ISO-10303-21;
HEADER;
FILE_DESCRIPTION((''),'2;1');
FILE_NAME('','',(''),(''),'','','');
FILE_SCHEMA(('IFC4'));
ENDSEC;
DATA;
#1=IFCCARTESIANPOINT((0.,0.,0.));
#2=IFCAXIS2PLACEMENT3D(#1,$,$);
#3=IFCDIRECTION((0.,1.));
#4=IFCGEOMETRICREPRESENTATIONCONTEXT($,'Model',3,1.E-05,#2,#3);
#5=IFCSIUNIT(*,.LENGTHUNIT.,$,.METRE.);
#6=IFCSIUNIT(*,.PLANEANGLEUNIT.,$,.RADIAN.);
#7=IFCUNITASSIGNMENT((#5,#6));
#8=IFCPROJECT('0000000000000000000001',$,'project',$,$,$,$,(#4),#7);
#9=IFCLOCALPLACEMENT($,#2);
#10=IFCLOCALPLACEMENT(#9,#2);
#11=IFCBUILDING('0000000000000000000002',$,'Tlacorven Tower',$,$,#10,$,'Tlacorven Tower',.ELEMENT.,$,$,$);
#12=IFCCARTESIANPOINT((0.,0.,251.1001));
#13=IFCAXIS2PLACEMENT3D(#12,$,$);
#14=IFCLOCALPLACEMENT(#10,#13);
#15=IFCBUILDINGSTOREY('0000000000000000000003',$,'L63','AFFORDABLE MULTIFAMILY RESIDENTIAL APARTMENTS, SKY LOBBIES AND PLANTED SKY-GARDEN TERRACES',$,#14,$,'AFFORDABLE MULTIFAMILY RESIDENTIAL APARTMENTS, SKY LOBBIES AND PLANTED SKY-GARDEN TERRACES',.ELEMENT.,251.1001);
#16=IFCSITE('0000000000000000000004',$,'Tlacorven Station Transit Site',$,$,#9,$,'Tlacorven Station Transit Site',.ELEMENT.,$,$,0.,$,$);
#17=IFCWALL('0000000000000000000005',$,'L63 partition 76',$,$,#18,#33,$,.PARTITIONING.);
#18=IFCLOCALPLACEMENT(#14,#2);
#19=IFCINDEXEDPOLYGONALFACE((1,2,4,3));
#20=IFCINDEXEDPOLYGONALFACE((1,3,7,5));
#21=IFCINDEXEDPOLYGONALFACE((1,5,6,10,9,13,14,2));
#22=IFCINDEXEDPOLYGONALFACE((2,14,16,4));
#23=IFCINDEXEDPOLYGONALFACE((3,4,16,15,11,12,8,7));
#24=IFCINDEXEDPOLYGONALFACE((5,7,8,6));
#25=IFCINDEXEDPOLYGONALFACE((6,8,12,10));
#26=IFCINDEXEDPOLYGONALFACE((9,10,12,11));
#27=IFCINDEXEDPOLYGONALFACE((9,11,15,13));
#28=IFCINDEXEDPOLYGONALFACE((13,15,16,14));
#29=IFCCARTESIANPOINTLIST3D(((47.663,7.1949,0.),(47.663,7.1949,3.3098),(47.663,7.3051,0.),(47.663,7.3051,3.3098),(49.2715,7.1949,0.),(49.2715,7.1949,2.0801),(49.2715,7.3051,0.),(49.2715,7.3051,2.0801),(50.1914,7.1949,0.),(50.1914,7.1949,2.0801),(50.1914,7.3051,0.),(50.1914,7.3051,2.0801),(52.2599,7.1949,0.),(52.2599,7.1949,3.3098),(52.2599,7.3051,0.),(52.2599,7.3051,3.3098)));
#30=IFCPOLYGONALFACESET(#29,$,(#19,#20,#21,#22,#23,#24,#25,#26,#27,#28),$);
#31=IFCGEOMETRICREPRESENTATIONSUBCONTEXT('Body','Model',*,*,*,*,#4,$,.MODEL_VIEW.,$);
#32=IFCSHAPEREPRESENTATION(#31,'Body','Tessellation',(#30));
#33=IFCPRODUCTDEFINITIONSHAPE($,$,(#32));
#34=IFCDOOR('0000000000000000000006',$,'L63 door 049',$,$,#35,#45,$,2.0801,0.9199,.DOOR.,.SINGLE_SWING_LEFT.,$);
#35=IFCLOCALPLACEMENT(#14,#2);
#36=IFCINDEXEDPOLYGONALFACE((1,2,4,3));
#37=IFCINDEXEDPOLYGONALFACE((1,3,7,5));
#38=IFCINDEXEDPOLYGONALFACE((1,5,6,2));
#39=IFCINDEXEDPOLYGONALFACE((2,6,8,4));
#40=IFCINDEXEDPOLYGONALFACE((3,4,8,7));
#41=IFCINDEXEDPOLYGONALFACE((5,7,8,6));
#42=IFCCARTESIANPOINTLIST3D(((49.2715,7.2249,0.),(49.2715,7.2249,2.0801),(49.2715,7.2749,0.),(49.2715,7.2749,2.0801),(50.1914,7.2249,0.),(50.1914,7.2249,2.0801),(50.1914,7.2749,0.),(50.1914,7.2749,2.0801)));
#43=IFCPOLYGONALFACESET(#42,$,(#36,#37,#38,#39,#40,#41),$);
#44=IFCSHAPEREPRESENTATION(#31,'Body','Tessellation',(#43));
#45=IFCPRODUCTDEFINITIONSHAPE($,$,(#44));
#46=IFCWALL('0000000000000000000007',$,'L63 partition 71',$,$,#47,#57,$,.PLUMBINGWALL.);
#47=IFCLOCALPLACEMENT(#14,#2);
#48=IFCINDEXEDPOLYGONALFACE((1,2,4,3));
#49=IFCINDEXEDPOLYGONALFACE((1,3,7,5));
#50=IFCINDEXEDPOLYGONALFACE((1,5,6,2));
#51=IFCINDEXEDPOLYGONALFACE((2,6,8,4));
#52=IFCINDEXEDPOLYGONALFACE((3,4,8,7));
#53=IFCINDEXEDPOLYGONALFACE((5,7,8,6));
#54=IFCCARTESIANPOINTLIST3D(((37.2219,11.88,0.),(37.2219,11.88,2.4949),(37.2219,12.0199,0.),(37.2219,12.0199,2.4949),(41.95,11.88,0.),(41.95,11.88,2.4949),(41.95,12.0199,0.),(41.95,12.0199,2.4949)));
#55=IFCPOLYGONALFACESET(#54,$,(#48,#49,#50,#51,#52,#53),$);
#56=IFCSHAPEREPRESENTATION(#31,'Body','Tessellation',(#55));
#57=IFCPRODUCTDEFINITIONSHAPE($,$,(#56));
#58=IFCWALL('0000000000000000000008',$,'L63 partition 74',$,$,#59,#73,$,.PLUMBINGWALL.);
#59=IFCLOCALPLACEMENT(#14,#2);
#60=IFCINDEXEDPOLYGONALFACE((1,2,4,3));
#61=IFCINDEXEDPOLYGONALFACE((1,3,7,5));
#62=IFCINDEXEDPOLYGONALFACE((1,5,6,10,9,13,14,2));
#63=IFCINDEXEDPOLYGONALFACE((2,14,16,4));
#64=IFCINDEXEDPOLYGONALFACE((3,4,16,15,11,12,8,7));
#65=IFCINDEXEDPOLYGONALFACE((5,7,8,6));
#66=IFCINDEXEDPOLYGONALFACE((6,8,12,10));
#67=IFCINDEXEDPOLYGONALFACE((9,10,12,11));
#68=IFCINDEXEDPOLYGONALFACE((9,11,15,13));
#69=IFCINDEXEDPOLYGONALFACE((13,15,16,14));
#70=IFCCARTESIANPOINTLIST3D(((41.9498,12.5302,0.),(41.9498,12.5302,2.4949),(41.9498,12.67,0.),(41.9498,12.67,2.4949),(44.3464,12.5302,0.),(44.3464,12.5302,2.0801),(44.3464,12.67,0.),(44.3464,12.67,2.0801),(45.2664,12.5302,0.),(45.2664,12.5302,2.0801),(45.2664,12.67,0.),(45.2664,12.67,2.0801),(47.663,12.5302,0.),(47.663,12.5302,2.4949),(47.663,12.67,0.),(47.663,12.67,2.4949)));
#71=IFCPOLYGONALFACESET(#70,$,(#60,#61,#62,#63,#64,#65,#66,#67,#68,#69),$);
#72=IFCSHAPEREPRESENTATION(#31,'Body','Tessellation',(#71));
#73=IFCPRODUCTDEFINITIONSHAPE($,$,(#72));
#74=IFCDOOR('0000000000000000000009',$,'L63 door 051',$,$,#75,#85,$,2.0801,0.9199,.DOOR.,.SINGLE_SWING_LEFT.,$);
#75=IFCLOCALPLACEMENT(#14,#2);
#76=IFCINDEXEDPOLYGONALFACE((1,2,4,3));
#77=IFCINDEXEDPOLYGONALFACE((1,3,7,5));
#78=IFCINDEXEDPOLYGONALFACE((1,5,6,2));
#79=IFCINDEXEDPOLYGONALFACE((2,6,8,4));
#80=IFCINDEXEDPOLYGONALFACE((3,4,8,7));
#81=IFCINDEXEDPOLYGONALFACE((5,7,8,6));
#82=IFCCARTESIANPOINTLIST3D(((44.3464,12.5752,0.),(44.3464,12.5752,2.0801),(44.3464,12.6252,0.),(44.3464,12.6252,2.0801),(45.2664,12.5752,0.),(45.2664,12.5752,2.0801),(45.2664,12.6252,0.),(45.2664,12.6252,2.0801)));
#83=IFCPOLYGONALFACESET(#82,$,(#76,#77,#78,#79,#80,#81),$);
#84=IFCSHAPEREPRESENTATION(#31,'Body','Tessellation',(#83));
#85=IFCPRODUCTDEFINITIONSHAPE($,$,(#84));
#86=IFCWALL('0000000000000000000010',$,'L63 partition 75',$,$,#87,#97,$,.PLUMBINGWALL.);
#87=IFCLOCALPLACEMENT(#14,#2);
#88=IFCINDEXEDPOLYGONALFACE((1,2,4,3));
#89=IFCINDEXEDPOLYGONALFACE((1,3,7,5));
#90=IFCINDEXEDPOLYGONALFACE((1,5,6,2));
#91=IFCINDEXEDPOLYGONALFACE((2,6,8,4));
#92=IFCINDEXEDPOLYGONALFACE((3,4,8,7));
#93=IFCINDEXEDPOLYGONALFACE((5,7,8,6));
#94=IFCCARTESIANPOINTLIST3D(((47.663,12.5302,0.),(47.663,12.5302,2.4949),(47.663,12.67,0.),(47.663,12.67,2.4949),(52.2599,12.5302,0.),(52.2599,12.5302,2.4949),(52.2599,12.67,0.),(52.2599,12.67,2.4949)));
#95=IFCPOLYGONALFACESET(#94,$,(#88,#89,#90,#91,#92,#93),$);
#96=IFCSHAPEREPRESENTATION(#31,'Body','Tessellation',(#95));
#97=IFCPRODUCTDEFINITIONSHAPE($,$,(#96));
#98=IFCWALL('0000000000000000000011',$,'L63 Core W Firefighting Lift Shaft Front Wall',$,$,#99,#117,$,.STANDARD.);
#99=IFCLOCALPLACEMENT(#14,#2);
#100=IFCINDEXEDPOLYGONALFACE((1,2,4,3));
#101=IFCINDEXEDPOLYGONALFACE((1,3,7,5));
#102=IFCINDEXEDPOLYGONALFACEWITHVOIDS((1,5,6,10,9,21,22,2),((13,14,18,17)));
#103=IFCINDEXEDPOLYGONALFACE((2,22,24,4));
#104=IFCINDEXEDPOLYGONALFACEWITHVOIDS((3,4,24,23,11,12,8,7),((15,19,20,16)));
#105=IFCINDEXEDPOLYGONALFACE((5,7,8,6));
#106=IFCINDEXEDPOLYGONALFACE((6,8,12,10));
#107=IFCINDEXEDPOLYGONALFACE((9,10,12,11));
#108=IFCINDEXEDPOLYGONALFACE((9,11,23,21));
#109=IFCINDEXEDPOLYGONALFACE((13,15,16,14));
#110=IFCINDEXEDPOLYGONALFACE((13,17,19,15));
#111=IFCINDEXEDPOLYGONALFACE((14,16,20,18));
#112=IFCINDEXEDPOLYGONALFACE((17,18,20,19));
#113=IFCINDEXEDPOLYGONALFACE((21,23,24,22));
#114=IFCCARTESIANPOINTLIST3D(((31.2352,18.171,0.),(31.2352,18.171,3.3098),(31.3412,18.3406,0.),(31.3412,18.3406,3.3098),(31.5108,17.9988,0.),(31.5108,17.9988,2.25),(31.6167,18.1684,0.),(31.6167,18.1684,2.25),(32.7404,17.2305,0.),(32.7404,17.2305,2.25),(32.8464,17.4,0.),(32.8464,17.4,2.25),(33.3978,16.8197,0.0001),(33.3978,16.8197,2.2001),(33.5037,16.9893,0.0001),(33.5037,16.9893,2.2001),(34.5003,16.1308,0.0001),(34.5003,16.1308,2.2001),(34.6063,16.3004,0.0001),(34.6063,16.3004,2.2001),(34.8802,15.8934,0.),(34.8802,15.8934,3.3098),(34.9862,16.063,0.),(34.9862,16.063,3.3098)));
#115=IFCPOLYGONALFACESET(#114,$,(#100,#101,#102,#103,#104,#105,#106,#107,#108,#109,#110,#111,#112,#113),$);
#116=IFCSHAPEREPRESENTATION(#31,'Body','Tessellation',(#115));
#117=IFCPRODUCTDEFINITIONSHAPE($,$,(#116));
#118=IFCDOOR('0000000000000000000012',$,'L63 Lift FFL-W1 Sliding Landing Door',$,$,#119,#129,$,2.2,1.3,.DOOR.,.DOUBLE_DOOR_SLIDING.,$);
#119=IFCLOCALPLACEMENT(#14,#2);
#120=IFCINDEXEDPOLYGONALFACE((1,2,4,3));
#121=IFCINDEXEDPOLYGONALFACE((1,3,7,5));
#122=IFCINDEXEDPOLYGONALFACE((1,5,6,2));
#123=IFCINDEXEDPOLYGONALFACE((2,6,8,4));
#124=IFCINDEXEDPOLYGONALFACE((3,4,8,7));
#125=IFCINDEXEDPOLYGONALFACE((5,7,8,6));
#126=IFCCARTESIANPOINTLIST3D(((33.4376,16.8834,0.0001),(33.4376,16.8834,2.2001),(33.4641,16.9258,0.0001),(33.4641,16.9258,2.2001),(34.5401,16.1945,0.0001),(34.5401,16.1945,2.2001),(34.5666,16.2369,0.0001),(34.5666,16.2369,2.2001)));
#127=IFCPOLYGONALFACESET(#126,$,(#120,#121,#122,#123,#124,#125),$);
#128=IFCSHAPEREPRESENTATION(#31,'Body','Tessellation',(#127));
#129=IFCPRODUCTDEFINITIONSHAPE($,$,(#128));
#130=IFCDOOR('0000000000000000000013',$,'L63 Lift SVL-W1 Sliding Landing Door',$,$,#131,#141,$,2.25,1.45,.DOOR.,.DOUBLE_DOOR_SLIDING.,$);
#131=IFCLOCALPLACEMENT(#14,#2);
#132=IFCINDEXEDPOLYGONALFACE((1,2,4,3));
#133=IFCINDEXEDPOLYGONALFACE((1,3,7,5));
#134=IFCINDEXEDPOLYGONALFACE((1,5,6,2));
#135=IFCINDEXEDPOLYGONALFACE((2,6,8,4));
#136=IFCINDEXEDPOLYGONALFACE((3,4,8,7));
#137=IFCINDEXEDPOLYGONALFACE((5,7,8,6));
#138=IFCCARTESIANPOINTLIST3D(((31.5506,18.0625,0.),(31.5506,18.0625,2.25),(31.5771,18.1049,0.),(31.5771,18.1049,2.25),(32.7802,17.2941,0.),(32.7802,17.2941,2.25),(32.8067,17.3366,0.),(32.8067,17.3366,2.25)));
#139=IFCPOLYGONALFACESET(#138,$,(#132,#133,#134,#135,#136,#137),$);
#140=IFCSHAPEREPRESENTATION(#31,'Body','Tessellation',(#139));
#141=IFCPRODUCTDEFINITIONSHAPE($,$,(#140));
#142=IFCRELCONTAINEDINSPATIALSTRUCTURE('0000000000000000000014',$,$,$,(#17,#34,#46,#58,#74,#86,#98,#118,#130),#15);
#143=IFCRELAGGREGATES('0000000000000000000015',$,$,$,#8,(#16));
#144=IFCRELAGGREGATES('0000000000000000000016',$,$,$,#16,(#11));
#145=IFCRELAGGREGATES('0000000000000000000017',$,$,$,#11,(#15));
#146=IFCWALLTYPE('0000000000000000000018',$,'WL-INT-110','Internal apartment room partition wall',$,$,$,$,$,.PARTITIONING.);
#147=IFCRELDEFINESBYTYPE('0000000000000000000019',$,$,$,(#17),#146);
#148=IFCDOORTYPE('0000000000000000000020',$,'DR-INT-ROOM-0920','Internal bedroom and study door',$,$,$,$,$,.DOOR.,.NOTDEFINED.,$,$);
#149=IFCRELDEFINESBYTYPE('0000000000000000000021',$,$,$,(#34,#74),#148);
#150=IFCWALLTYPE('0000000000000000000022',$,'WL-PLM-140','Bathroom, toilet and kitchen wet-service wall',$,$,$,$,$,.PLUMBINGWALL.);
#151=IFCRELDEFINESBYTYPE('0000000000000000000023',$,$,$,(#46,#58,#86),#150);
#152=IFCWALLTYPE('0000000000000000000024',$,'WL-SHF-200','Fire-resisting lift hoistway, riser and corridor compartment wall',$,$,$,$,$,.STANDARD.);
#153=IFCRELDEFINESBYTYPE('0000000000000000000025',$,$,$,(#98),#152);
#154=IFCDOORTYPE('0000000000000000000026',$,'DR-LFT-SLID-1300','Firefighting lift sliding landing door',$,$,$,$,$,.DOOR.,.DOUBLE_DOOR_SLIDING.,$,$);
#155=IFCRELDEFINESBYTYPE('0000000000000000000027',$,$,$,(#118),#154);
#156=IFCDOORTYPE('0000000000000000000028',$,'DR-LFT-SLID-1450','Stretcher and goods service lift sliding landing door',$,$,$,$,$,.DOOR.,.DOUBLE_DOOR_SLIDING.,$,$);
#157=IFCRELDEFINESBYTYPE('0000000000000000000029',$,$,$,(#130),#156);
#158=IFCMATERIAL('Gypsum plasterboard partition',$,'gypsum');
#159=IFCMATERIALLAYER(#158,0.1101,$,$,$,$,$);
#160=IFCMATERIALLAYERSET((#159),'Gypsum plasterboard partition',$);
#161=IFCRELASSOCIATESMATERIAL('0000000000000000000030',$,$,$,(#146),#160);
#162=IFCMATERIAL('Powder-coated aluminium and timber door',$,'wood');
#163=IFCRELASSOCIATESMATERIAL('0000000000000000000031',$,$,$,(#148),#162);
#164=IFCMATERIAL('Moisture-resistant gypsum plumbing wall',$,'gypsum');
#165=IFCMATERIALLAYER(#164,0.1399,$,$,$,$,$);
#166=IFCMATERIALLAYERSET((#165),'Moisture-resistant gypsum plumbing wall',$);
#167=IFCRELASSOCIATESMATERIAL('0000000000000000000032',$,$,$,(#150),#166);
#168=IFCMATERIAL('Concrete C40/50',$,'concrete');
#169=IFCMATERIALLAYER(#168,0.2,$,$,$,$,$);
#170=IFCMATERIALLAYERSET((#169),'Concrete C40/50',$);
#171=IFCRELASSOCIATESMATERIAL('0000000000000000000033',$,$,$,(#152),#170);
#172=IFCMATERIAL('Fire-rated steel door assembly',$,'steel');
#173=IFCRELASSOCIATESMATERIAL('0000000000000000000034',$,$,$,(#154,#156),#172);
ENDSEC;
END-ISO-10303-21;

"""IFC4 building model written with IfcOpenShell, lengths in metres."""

from ifc_helpers import new_model, si_unit, direction, frame, frame_2d, origin, place, context, subcontext, project, spatial, rectangle, extrude, source, transform, mapped, material, layer, layer_set, type_object, element, fill, save


model = new_model("IFC4")

# Units and contexts
model_context = context("Model", 3, precision=1e-05, world=origin(), true_north=direction((0.0, 1.0)))
body_context = subcontext(model_context, "Body", "Model", "MODEL_VIEW")
ifc_project = project(units=[si_unit("LENGTHUNIT", "METRE"), si_unit("PLANEANGLEUNIT", "RADIAN")], contexts=[model_context])

# Site, building, storey
site_placement = place(None, origin())
site = spatial("IfcSite", under=ifc_project, at=site_placement, Name="Tlacorven Station Transit Site", LongName="Tlacorven Station Transit Site", CompositionType="ELEMENT", RefElevation=0.0)
building_placement = place(site_placement, origin())
building = spatial("IfcBuilding", under=site, at=building_placement, Name="Tlacorven Tower", LongName="Tlacorven Tower", CompositionType="ELEMENT")
storey_placement = place(building_placement, frame((0.0, 0.0, 251.1001)))
storey = spatial("IfcBuildingStorey", under=building, at=storey_placement, Name="L63", Description="AFFORDABLE MULTIFAMILY RESIDENTIAL APARTMENTS, SKY LOBBIES AND PLANTED SKY-GARDEN TERRACES", LongName="AFFORDABLE MULTIFAMILY RESIDENTIAL APARTMENTS, SKY LOBBIES AND PLANTED SKY-GARDEN TERRACES", CompositionType="ELEMENT", Elevation=251.1001)

# Shared definitions
ifc_material_1 = material(Name="Fire-rated steel door assembly", Category="steel")

# Wall, opening, door
ifc_material_2 = material(Name="Gypsum plasterboard partition", Category="gypsum")
ifc_layer_1 = layer(ifc_material_2, 0.1101)
ifc_layer_set_1 = layer_set([ifc_layer_1], Name="Gypsum plasterboard partition")
wall_type_1 = type_object("IfcWallType", Name="WL-INT-110", Description="Internal apartment room partition wall", PredefinedType="PARTITIONING", material=ifc_layer_set_1)
ifc_material_3 = material(Name="Powder-coated aluminium and timber door", Category="wood")
door_type_1 = type_object("IfcDoorType", Name="DR-INT-ROOM-0920", Description="Internal bedroom and study door", OperationType="NOTDEFINED", PredefinedType="DOOR", material=ifc_material_3)
shared_shape_1 = source(origin(), body_context, "Body", "SweptSolid", [
    extrude(rectangle(XDim=0.9199, YDim=2.0801, at=frame_2d((0.46, 1.04))), frame((0.0, 0.0249, 0.0), z_axis=(0.0, -1.0, 0.0), x_axis=(1.0, 0.0, 0.0)), (0.0, 0.0, 1.0), 0.05),
])
wall_1_placement = place(storey_placement, frame((47.6631, 7.25, 0.0), z_axis=(0.0, 0.0, 1.0), x_axis=(1.0, 0.0, 0.0)))
wall_1 = element("IfcWall", 1, at=wall_1_placement, inside=storey, type_object=wall_type_1, Name="L63 partition 76", PredefinedType="PARTITIONING", context=body_context, shape_type="SweptSolid", body=[
    extrude(rectangle(XDim=4.5969, YDim=0.1101, at=frame_2d((2.2983, 0.0))), origin(), (0.0, 0.0, 1.0), 3.3098),
])
opening_1_placement = place(wall_1_placement, frame((1.6084, 0.0, 0.0)))
opening_1 = element("IfcOpeningElement", 2, at=opening_1_placement, cuts=wall_1, PredefinedType="OPENING", context=body_context, shape_type="SweptSolid", body=[
    extrude(rectangle(XDim=0.9199, YDim=2.0801, at=frame_2d((0.46, 1.04))), frame((0.0, 0.0649, 0.0), z_axis=(0.0, -1.0, 0.0), x_axis=(1.0, 0.0, 0.0)), (0.0, 0.0, 1.0), 0.1301),
])
door_1_placement = place(opening_1_placement, origin())
door_1 = element("IfcDoor", 3, at=door_1_placement, inside=storey, type_object=door_type_1, Name="L63 door 049", OperationType="SINGLE_SWING_LEFT", OverallHeight=2.0801, OverallWidth=0.9199, PredefinedType="DOOR", context=body_context, shape_type="MappedRepresentation", body=[
    mapped(shared_shape_1, transform((0.0, 0.0, 0.0), scale=1.0)),
])
fill(opening_1, door_1)

# Wall
ifc_material_4 = material(Name="Moisture-resistant gypsum plumbing wall", Category="gypsum")
ifc_layer_2 = layer(ifc_material_4, 0.1399)
ifc_layer_set_2 = layer_set([ifc_layer_2], Name="Moisture-resistant gypsum plumbing wall")
wall_type_2 = type_object("IfcWallType", Name="WL-PLM-140", Description="Bathroom, toilet and kitchen wet-service wall", PredefinedType="PLUMBINGWALL", material=ifc_layer_set_2)
wall_2_placement = place(storey_placement, frame((37.2219, 11.95, 0.0), z_axis=(0.0, 0.0, 1.0), x_axis=(1.0, 0.0, 0.0)))
element("IfcWall", 4, at=wall_2_placement, inside=storey, type_object=wall_type_2, Name="L63 partition 71", PredefinedType="PLUMBINGWALL", context=body_context, shape_type="SweptSolid", body=[
    extrude(rectangle(XDim=4.728, YDim=0.1399, at=frame_2d((2.364, 0.0))), origin(), (0.0, 0.0, 1.0), 2.4949),
])

# Wall, opening, door
wall_3_placement = place(storey_placement, frame((41.95, 12.6001, 0.0), z_axis=(0.0, 0.0, 1.0), x_axis=(1.0, 0.0, 0.0)))
wall_3 = element("IfcWall", 5, at=wall_3_placement, inside=storey, type_object=wall_type_2, Name="L63 partition 74", PredefinedType="PLUMBINGWALL", context=body_context, shape_type="SweptSolid", body=[
    extrude(rectangle(XDim=5.7131, YDim=0.1399, at=frame_2d((2.8564, 0.0))), origin(), (0.0, 0.0, 1.0), 2.4949),
])
opening_2_placement = place(wall_3_placement, frame((2.3965, 0.0, 0.0)))
opening_2 = element("IfcOpeningElement", 6, at=opening_2_placement, cuts=wall_3, PredefinedType="OPENING", context=body_context, shape_type="SweptSolid", body=[
    extrude(rectangle(XDim=0.9199, YDim=2.0801, at=frame_2d((0.46, 1.04))), frame((0.0, 0.0801, 0.0), z_axis=(0.0, -1.0, 0.0), x_axis=(1.0, 0.0, 0.0)), (0.0, 0.0, 1.0), 0.1599),
])
door_2_placement = place(opening_2_placement, frame((0.9199, 0.0, 0.0), z_axis=(0.0, 0.0, 1.0), x_axis=(-1.0, 0.0, 0.0)))
door_2 = element("IfcDoor", 7, at=door_2_placement, inside=storey, type_object=door_type_1, Name="L63 door 051", OperationType="SINGLE_SWING_LEFT", OverallHeight=2.0801, OverallWidth=0.9199, PredefinedType="DOOR", context=body_context, shape_type="MappedRepresentation", body=[
    mapped(shared_shape_1, transform((0.0, 0.0, 0.0), scale=1.0)),
])
fill(opening_2, door_2)

# Wall
wall_4_placement = place(storey_placement, frame((47.6631, 12.6001, 0.0), z_axis=(0.0, 0.0, 1.0), x_axis=(1.0, 0.0, 0.0)))
element("IfcWall", 8, at=wall_4_placement, inside=storey, type_object=wall_type_2, Name="L63 partition 75", PredefinedType="PLUMBINGWALL", context=body_context, shape_type="SweptSolid", body=[
    extrude(rectangle(XDim=4.5969, YDim=0.1399, at=frame_2d((2.2983, 0.0))), origin(), (0.0, 0.0, 1.0), 2.4949),
])

# Wall, openings, doors
ifc_material_5 = material(Name="Concrete C40/50", Category="concrete")
ifc_layer_3 = layer(ifc_material_5, 0.2)
ifc_layer_set_3 = layer_set([ifc_layer_3], Name="Concrete C40/50")
wall_type_3 = type_object("IfcWallType", Name="WL-SHF-200", Description="Fire-resisting lift hoistway, riser and corridor compartment wall", PredefinedType="STANDARD", material=ifc_layer_set_3)
wall_5_placement = place(storey_placement, frame((34.9331, 15.9783, 0.0), z_axis=(0.0, 0.0, 1.0), x_axis=(-0.848056, 0.529907, 0.0)))
wall_5 = element("IfcWall", 9, at=wall_5_placement, inside=storey, type_object=wall_type_3, Name="L63 Core W Firefighting Lift Shaft Front Wall", PredefinedType="STANDARD", context=body_context, shape_type="SweptSolid", body=[
    extrude(rectangle(XDim=4.2981, YDim=0.2, at=frame_2d((2.1489, 0.0))), origin(), (0.0, 0.0, 1.0), 3.3098),
])
opening_3_placement = place(wall_5_placement, frame((0.448, 0.0, 0.0)))
opening_3 = element("IfcOpeningElement", 10, at=opening_3_placement, cuts=wall_5, PredefinedType="OPENING", context=body_context, shape_type="SweptSolid", body=[
    extrude(rectangle(XDim=1.3, YDim=2.2, at=frame_2d((0.6499, 1.1001))), frame((0.0, 0.1099, 0.0), z_axis=(0.0, -1.0, 0.0), x_axis=(1.0, 0.0, 0.0)), (0.0, 0.0, 1.0), 0.22),
])
opening_4_placement = place(wall_5_placement, frame((2.5229, 0.0, 0.0)))
opening_4 = element("IfcOpeningElement", 11, at=opening_4_placement, cuts=wall_5, PredefinedType="OPENING", context=body_context, shape_type="SweptSolid", body=[
    extrude(rectangle(XDim=1.45, YDim=2.25, at=frame_2d((0.7251, 1.125))), frame((0.0, 0.1099, 0.0), z_axis=(0.0, -1.0, 0.0), x_axis=(1.0, 0.0, 0.0)), (0.0, 0.0, 1.0), 0.22),
])
door_type_2 = type_object("IfcDoorType", Name="DR-LFT-SLID-1300", Description="Firefighting lift sliding landing door", OperationType="DOUBLE_DOOR_SLIDING", PredefinedType="DOOR", material=ifc_material_1)
shared_shape_2 = source(origin(), body_context, "Body", "SweptSolid", [
    extrude(rectangle(XDim=1.3, YDim=2.2, at=frame_2d((0.6499, 1.1001))), frame((0.0, 0.0249, 0.0), z_axis=(0.0, -1.0, 0.0), x_axis=(1.0, 0.0, 0.0)), (0.0, 0.0, 1.0), 0.05),
])
door_3_placement = place(opening_3_placement, origin())
door_3 = element("IfcDoor", 12, at=door_3_placement, inside=storey, type_object=door_type_2, Name="L63 Lift FFL-W1 Sliding Landing Door", OperationType="DOUBLE_DOOR_SLIDING", OverallHeight=2.2, OverallWidth=1.3, PredefinedType="DOOR", context=body_context, shape_type="MappedRepresentation", body=[
    mapped(shared_shape_2, transform((0.0, 0.0, 0.0), scale=1.0)),
])
fill(opening_3, door_3)
door_type_3 = type_object("IfcDoorType", Name="DR-LFT-SLID-1450", Description="Stretcher and goods service lift sliding landing door", OperationType="DOUBLE_DOOR_SLIDING", PredefinedType="DOOR", material=ifc_material_1)
shared_shape_3 = source(origin(), body_context, "Body", "SweptSolid", [
    extrude(rectangle(XDim=1.45, YDim=2.25, at=frame_2d((0.7251, 1.125))), frame((0.0, 0.0249, 0.0), z_axis=(0.0, -1.0, 0.0), x_axis=(1.0, 0.0, 0.0)), (0.0, 0.0, 1.0), 0.05),
])
door_4_placement = place(opening_4_placement, origin())
door_4 = element("IfcDoor", 13, at=door_4_placement, inside=storey, type_object=door_type_3, Name="L63 Lift SVL-W1 Sliding Landing Door", OperationType="DOUBLE_DOOR_SLIDING", OverallHeight=2.25, OverallWidth=1.45, PredefinedType="DOOR", context=body_context, shape_type="MappedRepresentation", body=[
    mapped(shared_shape_3, transform((0.0, 0.0, 0.0), scale=1.0)),
])
fill(opening_4, door_4)

save(model, "model.ifc")
